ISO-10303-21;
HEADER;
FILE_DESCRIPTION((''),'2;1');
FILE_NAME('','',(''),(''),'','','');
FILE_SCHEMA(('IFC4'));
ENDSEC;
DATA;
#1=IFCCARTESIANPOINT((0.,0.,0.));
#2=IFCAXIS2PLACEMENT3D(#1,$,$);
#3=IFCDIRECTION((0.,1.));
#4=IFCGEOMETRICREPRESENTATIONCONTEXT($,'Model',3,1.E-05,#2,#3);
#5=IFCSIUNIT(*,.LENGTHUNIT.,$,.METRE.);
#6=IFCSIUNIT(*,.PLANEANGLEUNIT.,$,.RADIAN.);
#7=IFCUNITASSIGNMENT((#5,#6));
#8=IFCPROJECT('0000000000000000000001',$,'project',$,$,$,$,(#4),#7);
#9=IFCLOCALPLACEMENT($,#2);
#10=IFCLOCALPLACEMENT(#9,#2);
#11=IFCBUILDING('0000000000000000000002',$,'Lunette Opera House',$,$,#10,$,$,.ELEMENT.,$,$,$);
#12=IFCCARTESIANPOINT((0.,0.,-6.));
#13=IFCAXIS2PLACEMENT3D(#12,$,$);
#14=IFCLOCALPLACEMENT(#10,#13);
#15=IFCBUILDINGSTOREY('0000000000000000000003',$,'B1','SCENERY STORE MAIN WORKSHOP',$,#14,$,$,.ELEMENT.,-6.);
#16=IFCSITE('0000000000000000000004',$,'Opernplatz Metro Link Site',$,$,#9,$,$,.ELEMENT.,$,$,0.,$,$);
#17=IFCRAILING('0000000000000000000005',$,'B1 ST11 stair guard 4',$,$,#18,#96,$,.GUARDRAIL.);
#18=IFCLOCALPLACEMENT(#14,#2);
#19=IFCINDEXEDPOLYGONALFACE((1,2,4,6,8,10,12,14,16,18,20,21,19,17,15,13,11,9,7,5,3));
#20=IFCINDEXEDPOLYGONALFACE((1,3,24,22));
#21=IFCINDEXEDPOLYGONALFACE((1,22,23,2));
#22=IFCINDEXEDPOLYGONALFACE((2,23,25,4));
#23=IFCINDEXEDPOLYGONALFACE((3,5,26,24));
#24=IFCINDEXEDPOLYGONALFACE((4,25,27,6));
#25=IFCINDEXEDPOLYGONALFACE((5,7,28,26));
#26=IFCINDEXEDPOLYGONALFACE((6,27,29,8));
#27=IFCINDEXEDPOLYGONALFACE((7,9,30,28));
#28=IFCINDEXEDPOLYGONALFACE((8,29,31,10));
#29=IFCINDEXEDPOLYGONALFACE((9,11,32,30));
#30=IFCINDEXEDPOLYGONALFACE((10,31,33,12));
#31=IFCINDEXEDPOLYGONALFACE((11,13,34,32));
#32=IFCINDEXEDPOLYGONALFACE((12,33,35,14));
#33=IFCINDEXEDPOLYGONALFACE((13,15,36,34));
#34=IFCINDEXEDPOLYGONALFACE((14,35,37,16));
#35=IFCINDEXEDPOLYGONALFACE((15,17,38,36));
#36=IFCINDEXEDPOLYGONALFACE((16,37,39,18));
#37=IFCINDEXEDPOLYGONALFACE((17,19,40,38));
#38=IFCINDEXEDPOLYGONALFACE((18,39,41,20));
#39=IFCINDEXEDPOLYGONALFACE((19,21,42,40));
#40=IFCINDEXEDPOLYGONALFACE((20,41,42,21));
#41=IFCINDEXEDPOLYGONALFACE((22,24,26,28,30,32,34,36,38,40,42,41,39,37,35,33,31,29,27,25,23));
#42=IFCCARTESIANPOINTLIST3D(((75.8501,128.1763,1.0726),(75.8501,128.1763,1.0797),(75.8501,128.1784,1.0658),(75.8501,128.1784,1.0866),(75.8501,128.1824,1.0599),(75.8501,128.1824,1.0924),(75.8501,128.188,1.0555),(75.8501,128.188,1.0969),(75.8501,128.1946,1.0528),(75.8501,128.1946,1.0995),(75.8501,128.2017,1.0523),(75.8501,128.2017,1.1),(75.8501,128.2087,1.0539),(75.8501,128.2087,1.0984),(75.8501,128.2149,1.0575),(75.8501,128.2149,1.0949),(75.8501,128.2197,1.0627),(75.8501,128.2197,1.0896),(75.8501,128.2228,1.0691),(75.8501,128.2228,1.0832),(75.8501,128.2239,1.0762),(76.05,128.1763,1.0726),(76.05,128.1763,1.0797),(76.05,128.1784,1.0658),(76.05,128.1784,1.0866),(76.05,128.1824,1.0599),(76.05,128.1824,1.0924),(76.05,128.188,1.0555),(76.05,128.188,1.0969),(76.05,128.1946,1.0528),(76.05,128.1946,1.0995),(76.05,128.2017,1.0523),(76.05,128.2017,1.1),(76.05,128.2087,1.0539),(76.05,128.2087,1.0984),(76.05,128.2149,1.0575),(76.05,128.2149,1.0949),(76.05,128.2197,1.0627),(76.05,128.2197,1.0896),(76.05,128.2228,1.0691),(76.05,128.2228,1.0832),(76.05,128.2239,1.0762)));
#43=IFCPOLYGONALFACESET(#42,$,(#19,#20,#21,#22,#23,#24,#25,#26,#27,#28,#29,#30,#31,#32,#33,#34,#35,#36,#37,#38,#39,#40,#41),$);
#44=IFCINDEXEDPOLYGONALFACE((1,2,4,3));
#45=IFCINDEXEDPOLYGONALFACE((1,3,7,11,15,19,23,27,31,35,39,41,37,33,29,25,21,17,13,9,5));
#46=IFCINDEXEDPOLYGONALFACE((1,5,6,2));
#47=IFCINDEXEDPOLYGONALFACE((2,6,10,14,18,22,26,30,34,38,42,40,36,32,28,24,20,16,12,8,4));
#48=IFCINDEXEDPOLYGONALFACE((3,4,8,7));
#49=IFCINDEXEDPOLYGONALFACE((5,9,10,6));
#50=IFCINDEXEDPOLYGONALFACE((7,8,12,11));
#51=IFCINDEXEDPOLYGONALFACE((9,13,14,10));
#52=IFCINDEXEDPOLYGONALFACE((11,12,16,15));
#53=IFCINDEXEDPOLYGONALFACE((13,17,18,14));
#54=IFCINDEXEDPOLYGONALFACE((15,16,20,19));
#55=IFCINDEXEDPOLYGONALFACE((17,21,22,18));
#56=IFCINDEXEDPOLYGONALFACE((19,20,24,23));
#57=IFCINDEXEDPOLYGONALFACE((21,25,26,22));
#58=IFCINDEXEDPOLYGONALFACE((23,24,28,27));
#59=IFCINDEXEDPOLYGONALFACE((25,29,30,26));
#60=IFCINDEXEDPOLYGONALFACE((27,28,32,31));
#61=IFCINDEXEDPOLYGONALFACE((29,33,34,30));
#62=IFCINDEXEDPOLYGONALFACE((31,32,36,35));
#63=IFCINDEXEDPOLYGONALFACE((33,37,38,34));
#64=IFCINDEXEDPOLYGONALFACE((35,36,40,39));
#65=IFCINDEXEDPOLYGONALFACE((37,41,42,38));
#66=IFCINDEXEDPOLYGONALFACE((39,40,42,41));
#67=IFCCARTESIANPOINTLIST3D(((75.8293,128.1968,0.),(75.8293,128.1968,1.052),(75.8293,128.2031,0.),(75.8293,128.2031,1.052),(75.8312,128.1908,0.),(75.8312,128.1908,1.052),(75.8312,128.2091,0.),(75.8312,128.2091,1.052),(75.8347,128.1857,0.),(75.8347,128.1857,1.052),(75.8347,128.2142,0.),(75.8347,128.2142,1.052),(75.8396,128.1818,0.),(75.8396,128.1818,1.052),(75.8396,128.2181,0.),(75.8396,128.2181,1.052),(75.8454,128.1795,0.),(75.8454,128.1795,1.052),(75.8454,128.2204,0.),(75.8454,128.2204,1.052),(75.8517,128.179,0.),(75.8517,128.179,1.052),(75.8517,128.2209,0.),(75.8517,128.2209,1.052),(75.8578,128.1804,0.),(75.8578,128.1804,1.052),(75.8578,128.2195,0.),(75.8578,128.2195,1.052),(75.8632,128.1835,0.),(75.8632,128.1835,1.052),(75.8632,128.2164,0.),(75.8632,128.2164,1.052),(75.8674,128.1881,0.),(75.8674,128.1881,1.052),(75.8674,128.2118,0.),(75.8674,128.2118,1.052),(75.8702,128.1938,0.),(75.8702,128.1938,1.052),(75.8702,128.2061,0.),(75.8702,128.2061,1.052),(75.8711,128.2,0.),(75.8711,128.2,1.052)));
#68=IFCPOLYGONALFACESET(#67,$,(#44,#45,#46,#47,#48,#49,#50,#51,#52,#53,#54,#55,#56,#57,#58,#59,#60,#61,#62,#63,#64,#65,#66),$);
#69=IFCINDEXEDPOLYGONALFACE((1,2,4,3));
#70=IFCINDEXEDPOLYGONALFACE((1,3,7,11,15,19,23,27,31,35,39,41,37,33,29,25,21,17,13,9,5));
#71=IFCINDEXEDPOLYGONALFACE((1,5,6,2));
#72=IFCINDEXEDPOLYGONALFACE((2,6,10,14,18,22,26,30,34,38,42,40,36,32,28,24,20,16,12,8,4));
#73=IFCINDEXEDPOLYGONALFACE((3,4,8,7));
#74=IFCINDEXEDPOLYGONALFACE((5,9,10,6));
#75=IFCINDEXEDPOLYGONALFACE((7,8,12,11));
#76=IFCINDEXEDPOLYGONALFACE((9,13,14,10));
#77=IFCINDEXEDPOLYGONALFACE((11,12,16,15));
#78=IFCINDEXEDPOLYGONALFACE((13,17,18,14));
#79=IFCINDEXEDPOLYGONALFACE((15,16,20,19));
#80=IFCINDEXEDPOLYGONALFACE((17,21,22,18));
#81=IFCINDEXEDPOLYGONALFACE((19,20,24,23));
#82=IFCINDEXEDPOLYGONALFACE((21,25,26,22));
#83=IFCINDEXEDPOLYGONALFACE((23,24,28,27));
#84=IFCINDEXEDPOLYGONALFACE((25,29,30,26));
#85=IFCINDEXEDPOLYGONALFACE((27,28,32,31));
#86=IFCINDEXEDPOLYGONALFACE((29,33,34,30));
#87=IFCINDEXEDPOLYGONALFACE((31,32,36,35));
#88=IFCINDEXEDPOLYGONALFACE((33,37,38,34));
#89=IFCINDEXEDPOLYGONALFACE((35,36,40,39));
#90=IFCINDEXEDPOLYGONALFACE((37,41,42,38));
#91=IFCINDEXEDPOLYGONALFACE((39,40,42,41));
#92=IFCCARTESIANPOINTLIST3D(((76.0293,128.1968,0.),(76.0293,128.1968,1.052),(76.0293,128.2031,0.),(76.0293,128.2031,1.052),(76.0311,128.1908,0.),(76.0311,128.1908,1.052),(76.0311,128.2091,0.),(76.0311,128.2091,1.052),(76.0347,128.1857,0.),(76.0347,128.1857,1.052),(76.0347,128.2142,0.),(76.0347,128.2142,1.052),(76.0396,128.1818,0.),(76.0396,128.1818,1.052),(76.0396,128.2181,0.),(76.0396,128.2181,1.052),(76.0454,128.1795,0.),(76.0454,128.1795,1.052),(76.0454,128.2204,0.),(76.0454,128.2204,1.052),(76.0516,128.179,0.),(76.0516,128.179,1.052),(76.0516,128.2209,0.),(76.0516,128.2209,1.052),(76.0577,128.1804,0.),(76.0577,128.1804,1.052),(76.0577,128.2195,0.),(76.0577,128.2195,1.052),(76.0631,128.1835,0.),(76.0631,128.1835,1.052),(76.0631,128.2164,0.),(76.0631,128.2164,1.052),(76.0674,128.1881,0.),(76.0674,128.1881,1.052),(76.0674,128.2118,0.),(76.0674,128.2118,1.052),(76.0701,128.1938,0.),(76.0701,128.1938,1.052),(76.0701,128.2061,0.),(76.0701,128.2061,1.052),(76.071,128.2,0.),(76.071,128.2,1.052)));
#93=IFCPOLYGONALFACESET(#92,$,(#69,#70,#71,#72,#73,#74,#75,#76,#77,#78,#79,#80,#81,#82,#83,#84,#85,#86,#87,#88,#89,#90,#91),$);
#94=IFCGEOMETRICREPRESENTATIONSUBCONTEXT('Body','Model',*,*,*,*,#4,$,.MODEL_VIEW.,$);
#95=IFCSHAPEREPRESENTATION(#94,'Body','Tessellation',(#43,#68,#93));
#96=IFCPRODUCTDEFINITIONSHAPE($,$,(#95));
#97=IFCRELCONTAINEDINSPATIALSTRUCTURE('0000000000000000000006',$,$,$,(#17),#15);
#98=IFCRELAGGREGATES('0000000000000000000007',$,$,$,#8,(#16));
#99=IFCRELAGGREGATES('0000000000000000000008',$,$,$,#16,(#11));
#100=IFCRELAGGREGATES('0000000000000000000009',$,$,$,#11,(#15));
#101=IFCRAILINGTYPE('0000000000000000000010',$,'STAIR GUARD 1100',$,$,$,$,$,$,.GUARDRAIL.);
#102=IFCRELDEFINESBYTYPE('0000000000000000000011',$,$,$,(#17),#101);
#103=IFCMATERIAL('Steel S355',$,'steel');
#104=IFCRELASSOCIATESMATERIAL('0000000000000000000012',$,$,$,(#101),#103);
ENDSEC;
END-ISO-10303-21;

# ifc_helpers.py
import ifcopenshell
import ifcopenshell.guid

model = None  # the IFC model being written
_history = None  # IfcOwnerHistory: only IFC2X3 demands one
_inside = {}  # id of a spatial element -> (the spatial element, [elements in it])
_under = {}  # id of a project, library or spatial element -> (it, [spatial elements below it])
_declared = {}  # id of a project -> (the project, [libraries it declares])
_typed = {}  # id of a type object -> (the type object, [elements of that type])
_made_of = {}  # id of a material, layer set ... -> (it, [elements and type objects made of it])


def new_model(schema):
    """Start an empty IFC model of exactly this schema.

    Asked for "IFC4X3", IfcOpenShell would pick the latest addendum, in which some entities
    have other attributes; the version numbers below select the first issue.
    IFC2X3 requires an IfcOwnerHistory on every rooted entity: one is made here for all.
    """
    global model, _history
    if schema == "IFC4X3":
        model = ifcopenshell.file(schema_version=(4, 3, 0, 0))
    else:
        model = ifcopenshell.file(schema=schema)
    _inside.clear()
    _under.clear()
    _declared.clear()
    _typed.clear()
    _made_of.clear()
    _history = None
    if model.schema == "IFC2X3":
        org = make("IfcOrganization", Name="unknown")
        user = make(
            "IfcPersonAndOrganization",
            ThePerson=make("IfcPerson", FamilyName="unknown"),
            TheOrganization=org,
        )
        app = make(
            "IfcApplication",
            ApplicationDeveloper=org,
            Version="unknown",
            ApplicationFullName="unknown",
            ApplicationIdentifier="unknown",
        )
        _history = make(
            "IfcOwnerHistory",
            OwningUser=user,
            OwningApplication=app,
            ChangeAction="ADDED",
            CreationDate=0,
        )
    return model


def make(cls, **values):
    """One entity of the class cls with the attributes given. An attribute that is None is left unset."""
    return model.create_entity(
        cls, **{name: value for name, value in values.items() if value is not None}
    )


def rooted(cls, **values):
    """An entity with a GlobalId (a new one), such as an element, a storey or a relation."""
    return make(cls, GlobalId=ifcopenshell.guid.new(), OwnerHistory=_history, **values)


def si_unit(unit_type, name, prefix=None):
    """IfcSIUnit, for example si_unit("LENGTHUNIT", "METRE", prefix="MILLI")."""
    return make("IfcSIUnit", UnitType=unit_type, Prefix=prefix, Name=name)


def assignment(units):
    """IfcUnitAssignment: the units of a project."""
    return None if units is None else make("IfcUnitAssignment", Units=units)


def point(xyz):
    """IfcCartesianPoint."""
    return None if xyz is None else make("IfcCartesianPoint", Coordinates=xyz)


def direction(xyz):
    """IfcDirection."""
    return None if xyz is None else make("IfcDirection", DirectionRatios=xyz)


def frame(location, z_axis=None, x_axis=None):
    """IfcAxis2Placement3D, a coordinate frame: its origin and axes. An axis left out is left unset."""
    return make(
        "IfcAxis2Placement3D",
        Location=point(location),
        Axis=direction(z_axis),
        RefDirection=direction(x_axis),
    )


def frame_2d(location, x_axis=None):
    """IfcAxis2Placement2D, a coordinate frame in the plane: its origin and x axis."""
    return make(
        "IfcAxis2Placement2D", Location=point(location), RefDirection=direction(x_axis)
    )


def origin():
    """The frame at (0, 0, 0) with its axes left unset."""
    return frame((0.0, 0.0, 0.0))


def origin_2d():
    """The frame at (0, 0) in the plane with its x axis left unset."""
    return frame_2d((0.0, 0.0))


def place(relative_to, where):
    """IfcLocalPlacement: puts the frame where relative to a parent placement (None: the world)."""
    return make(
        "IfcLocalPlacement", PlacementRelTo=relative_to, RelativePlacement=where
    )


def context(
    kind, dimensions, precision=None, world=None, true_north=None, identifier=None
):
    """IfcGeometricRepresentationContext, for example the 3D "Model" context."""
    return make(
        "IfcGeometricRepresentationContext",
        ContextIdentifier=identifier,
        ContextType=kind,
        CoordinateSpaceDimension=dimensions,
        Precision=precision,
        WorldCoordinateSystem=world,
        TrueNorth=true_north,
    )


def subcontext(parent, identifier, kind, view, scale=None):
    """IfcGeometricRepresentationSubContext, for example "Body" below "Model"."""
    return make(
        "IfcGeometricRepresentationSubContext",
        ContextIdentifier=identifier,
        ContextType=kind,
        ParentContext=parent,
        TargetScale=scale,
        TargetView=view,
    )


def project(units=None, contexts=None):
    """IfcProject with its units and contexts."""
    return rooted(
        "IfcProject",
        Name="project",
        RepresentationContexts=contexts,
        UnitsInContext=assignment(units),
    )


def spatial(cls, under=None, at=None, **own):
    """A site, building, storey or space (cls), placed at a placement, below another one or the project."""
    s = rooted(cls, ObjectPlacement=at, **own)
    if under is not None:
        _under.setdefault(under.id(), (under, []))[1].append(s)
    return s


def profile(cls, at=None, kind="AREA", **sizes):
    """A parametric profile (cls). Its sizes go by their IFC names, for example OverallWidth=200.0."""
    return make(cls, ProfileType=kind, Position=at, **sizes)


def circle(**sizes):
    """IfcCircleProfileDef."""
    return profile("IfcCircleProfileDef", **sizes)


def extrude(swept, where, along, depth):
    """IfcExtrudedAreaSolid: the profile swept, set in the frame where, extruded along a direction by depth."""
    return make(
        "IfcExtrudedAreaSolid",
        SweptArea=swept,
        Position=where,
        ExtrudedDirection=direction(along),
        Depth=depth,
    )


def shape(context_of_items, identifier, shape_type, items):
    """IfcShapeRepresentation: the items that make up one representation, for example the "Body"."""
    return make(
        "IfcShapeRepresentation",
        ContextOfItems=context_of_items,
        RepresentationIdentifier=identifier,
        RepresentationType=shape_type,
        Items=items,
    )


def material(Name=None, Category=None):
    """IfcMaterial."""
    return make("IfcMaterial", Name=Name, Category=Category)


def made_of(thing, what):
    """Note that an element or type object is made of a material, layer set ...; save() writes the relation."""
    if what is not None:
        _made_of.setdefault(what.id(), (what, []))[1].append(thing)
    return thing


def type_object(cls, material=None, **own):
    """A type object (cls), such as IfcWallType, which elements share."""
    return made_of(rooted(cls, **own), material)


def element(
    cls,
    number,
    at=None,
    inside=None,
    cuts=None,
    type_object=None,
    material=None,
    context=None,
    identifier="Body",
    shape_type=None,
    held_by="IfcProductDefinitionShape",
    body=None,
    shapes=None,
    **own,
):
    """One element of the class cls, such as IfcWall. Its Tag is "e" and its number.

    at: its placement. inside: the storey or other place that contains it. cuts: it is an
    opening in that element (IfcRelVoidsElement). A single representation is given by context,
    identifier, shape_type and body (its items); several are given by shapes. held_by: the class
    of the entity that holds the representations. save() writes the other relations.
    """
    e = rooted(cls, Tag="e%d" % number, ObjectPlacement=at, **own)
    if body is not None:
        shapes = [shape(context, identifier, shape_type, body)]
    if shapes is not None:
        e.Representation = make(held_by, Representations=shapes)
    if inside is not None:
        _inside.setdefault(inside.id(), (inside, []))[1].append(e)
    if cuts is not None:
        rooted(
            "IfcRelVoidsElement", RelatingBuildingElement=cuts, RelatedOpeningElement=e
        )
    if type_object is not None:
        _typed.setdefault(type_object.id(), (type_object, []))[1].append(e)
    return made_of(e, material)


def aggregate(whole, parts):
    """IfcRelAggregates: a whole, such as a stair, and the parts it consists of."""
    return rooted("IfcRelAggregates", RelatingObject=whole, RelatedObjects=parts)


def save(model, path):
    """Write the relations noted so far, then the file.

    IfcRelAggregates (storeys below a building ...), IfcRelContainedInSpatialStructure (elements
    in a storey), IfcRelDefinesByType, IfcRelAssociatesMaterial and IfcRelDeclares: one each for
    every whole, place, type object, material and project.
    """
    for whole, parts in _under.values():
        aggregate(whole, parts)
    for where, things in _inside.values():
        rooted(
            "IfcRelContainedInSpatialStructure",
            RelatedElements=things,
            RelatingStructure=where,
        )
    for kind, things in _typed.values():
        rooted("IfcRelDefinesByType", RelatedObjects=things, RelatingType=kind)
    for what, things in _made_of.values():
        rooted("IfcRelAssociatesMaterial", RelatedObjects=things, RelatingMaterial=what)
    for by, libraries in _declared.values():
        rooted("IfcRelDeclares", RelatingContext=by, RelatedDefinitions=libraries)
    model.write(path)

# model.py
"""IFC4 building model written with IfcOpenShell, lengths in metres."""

from ifc_helpers import new_model, si_unit, direction, frame, origin, origin_2d, place, context, subcontext, project, spatial, circle, extrude, material, type_object, element, save


model = new_model("IFC4")

# Units and contexts
model_context = context("Model", 3, precision=1e-05, world=origin(), true_north=direction((0.0, 1.0)))
body_context = subcontext(model_context, "Body", "Model", "MODEL_VIEW")
ifc_project = project(units=[si_unit("LENGTHUNIT", "METRE"), si_unit("PLANEANGLEUNIT", "RADIAN")], contexts=[model_context])

# Site, building, storey
site_placement = place(None, origin())
site = spatial("IfcSite", under=ifc_project, at=site_placement, Name="Opernplatz Metro Link Site", CompositionType="ELEMENT", RefElevation=0.0)
building_placement = place(site_placement, origin())
building = spatial("IfcBuilding", under=site, at=building_placement, Name="Lunette Opera House", CompositionType="ELEMENT")
storey_placement = place(building_placement, frame((0.0, 0.0, -6.0)))
storey = spatial("IfcBuildingStorey", under=building, at=storey_placement, Name="B1", Description="SCENERY STORE MAIN WORKSHOP", CompositionType="ELEMENT", Elevation=-6.0)

# Railing
ifc_material_1 = material(Name="Steel S355", Category="steel")
railing_type_1 = type_object("IfcRailingType", Name="STAIR GUARD 1100", PredefinedType="GUARDRAIL", material=ifc_material_1)
railing_1_placement = place(storey_placement, frame((75.8501, 128.2, 0.0)))
element("IfcRailing", 1, at=railing_1_placement, inside=storey, type_object=railing_type_1, Name="B1 ST11 stair guard 4", PredefinedType="GUARDRAIL", context=body_context, shape_type="SweptSolid", body=[
    extrude(circle(Radius=0.0239, at=origin_2d()), frame((0.0, 0.0, 1.0762), z_axis=(1.0, 0.0, 0.0), x_axis=(0.0, 1.0, 0.0)), (0.0, 0.0, 1.0), 0.2),
    extrude(circle(Radius=0.021, at=origin_2d()), origin(), (0.0, 0.0, 1.0), 1.052),
    extrude(circle(Radius=0.021, at=origin_2d()), frame((0.2, 0.0, 0.0)), (0.0, 0.0, 1.0), 1.052),
])

save(model, "model.ifc")
